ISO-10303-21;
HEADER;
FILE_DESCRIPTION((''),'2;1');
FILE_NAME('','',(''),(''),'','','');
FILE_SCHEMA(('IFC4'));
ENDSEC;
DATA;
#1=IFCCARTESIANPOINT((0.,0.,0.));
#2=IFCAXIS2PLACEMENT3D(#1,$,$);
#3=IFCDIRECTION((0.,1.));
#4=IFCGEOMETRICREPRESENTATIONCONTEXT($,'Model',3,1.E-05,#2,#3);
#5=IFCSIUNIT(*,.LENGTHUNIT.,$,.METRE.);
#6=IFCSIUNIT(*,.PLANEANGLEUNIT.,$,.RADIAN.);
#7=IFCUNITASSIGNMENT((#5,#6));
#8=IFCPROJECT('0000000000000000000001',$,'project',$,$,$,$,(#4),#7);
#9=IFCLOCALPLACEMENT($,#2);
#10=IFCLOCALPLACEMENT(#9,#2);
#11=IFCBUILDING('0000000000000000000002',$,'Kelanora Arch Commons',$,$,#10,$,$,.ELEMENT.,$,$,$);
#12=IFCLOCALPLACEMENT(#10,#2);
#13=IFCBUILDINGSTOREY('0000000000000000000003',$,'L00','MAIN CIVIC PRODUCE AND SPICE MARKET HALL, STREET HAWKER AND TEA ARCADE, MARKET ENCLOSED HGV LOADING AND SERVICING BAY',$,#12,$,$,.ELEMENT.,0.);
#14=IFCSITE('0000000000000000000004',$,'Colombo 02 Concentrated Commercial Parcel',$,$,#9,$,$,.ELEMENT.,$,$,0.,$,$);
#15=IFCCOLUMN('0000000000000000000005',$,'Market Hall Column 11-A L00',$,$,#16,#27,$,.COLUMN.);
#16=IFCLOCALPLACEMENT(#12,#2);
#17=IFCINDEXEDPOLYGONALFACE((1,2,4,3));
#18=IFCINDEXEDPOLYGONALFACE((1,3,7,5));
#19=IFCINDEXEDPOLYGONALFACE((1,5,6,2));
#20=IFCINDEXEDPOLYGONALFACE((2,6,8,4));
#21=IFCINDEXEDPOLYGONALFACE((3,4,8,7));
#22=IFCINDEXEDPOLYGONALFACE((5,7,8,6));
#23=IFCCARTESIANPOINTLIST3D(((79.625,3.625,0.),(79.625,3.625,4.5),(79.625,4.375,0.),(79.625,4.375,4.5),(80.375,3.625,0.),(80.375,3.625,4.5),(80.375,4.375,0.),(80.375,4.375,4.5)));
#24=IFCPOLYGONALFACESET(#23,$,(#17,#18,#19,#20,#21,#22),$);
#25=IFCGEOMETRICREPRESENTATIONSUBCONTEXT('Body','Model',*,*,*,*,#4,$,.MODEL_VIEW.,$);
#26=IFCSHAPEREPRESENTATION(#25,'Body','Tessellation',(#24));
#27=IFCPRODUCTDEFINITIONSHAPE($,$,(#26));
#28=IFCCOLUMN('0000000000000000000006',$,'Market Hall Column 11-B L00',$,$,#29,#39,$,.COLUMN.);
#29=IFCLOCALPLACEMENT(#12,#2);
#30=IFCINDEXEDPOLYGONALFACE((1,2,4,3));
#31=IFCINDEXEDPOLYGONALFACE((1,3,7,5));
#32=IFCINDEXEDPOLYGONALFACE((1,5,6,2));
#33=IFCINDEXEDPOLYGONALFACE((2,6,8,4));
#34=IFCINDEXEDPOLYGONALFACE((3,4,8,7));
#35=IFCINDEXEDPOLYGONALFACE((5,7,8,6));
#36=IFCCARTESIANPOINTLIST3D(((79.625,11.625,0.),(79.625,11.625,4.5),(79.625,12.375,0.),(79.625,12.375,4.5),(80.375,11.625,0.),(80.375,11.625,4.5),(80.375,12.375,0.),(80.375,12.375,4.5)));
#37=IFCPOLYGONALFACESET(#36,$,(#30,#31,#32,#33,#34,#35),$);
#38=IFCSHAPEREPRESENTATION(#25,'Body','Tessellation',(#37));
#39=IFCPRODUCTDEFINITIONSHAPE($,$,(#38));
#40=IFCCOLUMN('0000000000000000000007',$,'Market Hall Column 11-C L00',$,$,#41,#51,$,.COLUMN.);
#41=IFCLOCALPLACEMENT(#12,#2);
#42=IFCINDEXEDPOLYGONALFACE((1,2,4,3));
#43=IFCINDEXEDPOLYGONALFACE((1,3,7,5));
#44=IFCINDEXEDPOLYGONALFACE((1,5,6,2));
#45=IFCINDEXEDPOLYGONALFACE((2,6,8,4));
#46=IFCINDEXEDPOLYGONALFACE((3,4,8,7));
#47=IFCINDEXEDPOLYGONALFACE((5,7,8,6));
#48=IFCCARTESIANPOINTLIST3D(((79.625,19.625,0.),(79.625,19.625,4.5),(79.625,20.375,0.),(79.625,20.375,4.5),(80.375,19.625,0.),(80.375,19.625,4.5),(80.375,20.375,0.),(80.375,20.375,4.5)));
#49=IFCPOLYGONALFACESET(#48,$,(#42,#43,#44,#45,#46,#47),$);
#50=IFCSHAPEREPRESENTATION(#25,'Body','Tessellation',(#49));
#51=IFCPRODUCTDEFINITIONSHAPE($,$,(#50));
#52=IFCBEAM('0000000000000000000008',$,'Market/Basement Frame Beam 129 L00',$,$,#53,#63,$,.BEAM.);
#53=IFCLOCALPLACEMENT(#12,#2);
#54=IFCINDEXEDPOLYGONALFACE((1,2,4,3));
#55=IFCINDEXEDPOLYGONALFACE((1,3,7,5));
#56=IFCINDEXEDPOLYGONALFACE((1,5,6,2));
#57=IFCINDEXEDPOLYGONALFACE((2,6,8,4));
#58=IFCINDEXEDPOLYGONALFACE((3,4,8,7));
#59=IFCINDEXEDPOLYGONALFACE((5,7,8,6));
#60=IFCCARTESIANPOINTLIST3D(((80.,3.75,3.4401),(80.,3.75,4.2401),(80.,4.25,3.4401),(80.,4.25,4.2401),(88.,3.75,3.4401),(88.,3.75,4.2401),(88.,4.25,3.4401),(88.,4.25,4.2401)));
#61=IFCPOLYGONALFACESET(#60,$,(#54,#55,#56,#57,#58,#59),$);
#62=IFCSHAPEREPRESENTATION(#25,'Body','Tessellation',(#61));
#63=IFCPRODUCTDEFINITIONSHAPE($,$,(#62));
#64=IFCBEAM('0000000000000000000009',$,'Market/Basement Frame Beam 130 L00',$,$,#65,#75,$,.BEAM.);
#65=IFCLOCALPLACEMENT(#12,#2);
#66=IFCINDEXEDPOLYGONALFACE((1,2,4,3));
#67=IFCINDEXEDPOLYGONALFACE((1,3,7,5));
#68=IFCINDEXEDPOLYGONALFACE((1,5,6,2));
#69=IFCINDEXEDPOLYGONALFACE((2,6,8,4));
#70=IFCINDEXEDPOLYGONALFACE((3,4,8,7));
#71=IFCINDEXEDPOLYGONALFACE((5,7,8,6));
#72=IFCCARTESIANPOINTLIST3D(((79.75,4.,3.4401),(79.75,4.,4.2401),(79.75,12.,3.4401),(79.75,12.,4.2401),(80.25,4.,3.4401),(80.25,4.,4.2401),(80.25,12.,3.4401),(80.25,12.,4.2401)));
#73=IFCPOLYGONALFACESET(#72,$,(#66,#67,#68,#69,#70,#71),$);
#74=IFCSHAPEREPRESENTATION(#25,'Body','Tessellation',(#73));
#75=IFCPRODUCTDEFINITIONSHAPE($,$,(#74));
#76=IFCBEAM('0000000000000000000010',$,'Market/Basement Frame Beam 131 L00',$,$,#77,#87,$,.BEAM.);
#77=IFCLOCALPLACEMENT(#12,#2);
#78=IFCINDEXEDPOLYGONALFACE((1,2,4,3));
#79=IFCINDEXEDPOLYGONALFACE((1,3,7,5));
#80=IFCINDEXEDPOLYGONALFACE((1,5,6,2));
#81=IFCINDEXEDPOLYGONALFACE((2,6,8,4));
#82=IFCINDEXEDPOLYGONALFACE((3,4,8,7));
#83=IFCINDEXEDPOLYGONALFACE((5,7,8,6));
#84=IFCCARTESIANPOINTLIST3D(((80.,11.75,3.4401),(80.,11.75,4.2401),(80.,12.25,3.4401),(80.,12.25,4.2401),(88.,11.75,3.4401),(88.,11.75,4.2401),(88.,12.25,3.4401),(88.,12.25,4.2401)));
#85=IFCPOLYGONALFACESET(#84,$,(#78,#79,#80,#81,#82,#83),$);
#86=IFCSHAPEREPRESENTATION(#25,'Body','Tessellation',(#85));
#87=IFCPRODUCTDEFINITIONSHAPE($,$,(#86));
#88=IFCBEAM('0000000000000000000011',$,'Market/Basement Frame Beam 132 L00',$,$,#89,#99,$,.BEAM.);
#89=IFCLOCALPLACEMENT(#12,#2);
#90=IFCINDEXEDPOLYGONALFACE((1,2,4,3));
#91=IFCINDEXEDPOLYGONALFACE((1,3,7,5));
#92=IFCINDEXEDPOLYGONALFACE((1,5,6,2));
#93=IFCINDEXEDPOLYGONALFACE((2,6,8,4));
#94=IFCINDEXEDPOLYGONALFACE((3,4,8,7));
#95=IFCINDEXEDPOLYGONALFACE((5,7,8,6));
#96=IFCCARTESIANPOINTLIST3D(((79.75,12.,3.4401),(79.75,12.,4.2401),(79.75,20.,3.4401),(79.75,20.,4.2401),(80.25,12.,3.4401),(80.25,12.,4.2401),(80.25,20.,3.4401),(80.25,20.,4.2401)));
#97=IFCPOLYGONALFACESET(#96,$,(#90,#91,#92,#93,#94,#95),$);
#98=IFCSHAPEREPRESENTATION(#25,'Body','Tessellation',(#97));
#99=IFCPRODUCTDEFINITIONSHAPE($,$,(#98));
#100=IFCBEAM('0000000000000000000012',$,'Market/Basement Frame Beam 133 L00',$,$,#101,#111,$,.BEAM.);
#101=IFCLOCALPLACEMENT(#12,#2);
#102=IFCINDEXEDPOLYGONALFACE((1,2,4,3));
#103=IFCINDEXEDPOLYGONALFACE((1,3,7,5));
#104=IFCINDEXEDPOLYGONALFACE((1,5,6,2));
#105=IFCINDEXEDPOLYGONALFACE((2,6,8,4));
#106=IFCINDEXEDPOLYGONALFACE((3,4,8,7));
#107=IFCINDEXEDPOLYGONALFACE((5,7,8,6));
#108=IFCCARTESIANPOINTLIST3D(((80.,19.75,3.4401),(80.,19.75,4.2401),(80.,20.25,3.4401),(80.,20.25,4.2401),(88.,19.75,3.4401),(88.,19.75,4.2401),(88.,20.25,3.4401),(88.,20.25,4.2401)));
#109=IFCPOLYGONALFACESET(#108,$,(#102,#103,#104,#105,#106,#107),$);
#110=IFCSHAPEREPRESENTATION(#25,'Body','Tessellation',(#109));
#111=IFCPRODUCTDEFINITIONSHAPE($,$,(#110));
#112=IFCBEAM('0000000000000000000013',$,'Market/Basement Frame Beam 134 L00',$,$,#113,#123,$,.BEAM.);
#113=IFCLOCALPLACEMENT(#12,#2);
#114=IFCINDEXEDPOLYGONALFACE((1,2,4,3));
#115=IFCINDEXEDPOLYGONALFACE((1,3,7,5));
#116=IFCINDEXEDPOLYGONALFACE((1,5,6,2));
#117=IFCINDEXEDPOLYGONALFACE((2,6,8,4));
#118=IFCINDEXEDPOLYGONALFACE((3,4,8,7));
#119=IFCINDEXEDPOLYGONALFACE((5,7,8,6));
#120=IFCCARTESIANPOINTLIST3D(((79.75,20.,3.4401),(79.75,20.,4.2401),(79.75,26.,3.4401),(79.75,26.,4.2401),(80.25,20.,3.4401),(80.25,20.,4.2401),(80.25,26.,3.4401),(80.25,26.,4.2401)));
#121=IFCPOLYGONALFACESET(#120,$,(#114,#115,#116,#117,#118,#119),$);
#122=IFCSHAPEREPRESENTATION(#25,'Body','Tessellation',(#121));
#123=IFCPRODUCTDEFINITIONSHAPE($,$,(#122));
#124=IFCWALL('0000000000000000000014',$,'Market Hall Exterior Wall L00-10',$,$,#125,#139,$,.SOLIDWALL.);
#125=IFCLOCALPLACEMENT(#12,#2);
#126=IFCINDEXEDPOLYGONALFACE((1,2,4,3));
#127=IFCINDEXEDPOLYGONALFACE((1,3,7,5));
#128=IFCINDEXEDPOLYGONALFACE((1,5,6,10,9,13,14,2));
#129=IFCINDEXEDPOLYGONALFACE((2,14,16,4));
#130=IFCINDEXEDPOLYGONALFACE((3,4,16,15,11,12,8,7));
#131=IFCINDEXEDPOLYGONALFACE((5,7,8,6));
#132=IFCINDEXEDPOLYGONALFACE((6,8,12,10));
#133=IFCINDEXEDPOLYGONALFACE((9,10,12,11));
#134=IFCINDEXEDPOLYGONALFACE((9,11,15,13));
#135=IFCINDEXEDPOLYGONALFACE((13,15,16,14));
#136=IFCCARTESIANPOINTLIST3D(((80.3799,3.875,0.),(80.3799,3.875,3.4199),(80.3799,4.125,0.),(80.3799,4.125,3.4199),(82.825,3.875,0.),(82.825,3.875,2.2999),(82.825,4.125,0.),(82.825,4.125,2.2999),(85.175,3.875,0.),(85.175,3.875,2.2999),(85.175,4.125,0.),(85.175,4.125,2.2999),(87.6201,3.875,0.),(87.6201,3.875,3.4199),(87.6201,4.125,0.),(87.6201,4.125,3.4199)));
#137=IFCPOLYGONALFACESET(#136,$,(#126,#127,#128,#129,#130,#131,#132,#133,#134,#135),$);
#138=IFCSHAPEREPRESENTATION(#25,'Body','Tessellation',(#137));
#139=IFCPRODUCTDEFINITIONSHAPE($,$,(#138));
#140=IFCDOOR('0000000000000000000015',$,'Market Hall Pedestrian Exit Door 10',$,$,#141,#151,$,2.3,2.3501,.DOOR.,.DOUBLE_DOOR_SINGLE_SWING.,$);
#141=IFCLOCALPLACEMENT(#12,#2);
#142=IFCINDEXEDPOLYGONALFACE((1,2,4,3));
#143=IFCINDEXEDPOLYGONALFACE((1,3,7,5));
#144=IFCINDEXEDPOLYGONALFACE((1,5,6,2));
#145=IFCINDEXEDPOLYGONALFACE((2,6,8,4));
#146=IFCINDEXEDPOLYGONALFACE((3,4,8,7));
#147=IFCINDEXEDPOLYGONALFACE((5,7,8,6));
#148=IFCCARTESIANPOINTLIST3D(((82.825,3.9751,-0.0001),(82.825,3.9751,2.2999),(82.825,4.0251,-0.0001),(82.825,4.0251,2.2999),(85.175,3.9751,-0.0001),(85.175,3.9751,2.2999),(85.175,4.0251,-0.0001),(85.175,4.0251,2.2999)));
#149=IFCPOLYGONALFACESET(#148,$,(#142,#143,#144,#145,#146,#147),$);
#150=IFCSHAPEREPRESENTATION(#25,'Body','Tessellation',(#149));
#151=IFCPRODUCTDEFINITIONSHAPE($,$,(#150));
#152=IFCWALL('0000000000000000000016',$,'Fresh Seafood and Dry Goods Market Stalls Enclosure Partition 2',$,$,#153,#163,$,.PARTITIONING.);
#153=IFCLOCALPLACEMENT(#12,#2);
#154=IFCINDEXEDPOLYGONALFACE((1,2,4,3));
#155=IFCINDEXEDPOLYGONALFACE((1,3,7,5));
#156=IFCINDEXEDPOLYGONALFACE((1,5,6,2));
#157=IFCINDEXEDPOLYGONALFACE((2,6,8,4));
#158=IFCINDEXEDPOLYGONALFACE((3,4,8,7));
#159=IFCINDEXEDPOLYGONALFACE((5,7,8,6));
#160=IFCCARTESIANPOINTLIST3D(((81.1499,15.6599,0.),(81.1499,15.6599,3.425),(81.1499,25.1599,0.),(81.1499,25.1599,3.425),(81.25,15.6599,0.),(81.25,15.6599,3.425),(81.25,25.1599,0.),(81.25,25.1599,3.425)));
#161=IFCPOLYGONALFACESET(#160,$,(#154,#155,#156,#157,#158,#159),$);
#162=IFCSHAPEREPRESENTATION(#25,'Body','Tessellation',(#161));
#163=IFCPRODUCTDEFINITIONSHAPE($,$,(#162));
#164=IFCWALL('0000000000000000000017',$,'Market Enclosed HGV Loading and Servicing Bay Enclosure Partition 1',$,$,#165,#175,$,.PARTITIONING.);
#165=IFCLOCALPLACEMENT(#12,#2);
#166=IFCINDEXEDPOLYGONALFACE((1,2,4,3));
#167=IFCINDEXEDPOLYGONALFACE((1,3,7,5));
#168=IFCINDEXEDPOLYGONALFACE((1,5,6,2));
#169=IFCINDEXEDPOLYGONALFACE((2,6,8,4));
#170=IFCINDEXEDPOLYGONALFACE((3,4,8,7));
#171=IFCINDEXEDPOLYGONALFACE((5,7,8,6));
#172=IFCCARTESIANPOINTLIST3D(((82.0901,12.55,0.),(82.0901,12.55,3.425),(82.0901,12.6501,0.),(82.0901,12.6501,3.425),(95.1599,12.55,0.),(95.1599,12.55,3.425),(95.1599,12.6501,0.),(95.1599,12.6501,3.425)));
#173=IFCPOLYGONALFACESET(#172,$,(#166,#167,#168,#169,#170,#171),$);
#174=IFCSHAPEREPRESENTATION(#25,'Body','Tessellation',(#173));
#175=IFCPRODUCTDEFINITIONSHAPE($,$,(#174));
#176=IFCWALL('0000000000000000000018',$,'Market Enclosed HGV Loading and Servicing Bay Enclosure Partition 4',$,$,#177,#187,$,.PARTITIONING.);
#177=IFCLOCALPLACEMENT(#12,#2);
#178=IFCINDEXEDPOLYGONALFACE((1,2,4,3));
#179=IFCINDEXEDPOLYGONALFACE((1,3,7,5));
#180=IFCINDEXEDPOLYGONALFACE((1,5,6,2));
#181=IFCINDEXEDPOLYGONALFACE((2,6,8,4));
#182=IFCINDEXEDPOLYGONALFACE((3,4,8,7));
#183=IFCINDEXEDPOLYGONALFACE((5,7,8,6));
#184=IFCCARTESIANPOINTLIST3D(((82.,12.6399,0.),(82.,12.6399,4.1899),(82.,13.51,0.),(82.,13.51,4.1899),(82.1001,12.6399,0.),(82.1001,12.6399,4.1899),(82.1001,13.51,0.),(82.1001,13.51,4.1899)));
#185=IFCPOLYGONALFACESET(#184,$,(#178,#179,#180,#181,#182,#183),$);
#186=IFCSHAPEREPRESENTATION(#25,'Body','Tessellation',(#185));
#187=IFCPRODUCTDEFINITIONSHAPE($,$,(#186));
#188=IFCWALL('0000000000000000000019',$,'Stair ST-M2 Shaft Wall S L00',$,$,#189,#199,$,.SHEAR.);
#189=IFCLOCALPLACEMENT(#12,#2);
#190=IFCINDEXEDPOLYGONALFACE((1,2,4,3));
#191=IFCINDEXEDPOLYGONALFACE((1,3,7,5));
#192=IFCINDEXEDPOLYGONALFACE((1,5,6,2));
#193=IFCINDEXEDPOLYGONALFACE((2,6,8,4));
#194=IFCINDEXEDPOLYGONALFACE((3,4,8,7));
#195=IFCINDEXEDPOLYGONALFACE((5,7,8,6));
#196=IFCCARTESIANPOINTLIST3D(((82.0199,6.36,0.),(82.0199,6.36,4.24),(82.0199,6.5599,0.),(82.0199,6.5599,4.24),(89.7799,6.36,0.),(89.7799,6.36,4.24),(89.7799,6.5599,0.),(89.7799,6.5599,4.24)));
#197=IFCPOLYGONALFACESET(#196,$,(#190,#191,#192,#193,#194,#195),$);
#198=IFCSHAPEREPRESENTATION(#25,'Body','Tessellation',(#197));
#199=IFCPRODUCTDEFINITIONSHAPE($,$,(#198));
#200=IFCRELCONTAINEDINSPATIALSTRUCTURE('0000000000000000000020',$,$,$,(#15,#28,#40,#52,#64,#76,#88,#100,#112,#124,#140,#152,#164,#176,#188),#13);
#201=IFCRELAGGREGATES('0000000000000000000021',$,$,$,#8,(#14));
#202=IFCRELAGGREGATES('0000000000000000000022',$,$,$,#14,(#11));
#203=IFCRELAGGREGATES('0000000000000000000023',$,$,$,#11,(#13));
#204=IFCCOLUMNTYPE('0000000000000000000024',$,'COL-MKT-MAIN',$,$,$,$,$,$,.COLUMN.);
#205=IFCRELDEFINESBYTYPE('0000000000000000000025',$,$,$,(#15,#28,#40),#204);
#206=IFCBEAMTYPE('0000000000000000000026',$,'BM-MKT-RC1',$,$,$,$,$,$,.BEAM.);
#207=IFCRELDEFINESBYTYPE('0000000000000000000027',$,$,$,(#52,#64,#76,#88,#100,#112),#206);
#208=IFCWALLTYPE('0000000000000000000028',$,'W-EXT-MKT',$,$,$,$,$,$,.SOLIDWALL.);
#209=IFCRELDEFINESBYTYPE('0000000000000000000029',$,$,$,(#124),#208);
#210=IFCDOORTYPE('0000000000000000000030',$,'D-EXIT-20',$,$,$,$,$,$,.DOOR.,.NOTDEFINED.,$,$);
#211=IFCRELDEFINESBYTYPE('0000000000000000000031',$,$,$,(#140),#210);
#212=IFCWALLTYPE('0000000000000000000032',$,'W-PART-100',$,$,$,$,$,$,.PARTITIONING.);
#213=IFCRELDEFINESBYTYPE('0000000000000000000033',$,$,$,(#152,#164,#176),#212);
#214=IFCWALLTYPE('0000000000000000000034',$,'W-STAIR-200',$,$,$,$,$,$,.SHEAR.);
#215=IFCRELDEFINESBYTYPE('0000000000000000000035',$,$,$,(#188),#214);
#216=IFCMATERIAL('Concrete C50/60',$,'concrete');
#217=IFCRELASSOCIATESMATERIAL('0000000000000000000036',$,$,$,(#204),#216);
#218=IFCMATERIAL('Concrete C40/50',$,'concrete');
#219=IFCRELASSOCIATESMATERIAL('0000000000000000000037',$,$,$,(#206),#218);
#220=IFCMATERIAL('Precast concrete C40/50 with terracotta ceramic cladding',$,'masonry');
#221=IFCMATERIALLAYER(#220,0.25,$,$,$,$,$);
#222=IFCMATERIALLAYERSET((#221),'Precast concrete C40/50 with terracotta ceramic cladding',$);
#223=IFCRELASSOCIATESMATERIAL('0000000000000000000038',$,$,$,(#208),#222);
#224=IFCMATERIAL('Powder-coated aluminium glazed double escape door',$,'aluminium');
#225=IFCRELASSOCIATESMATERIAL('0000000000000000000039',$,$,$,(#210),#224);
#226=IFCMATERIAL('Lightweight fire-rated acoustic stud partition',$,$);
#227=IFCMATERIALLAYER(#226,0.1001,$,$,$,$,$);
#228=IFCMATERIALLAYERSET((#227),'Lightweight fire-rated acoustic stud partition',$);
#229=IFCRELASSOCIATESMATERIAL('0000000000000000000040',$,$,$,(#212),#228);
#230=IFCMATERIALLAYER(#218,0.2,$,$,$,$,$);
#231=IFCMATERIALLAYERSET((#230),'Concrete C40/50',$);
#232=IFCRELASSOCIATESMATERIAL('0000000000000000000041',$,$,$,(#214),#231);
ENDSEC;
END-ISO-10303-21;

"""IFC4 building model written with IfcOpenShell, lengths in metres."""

from ifc_helpers import new_model, si_unit, direction, frame, frame_2d, origin, origin_2d, place, context, subcontext, project, spatial, rectangle, extrude, material, layer, layer_set, material_profile, profile_set, type_object, element, fill, save


model = new_model("IFC4")

# Units and contexts
model_context = context("Model", 3, precision=1e-05, world=origin(), true_north=direction((0.0, 1.0)))
body_context = subcontext(model_context, "Body", "Model", "MODEL_VIEW")
ifc_project = project(units=[si_unit("LENGTHUNIT", "METRE"), si_unit("PLANEANGLEUNIT", "RADIAN")], contexts=[model_context])

# Site, building, storey
site_placement = place(None, origin())
site = spatial("IfcSite", under=ifc_project, at=site_placement, Name="Colombo 02 Concentrated Commercial Parcel", CompositionType="ELEMENT", RefElevation=0.0)
building_placement = place(site_placement, origin())
building = spatial("IfcBuilding", under=site, at=building_placement, Name="Kelanora Arch Commons", CompositionType="ELEMENT")
storey_placement = place(building_placement, origin())
storey = spatial("IfcBuildingStorey", under=building, at=storey_placement, Name="L00", Description="MAIN CIVIC PRODUCE AND SPICE MARKET HALL, STREET HAWKER AND TEA ARCADE, MARKET ENCLOSED HGV LOADING AND SERVICING BAY", CompositionType="ELEMENT", Elevation=0.0)

# Columns
ifc_material_1 = material(Name="Concrete C50/60", Category="concrete")
ifc_material_profile_1 = material_profile(ifc_material_1, rectangle(XDim=0.75, YDim=0.75, at=origin_2d()), Name="RC750x750")
ifc_profile_set_1 = profile_set([ifc_material_profile_1], Name="Concrete C50/60")
column_type = type_object("IfcColumnType", Name="COL-MKT-MAIN", PredefinedType="COLUMN", material=ifc_profile_set_1)
for number, where, z_axis, x_axis, name in (
    (1, (80.0, 4.0, 0.0), (0.0, 0.0, 1.0), (1.0, 0.0, 0.0), "Market Hall Column 11-A L00"),
    (2, (80.0, 12.0, 0.0), (0.0, 0.0, 1.0), (1.0, 0.0, 0.0), "Market Hall Column 11-B L00"),
    (3, (80.0, 20.0, 0.0), (0.0, 0.0, 1.0), (1.0, 0.0, 0.0), "Market Hall Column 11-C L00"),
):
    element("IfcColumn", number, at=place(storey_placement, frame(where, z_axis=z_axis, x_axis=x_axis)), inside=storey, type_object=column_type, Name=name, PredefinedType="COLUMN", context=body_context, shape_type="SweptSolid", body=[
        extrude(rectangle(XDim=0.75, YDim=0.75, at=origin_2d()), origin(), (0.0, 0.0, 1.0), 4.5),
    ])

# Beams
ifc_material_2 = material(Name="Concrete C40/50", Category="concrete")
ifc_material_profile_2 = material_profile(ifc_material_2, rectangle(XDim=0.5, YDim=0.8, at=origin_2d()), Name="RCB500x800")
ifc_profile_set_2 = profile_set([ifc_material_profile_2], Name="Concrete C40/50")
beam_type = type_object("IfcBeamType", Name="BM-MKT-RC1", PredefinedType="BEAM", material=ifc_profile_set_2)
for number, where, z_axis, x_axis, name in (
    (4, (80.0, 4.0, 3.8401), (1.0, 0.0, 0.0), (0.0, 1.0, 0.0), "Market/Basement Frame Beam 129 L00"),
    (5, (80.0, 4.0, 3.8401), (0.0, 1.0, 0.0), (-1.0, 0.0, 0.0), "Market/Basement Frame Beam 130 L00"),
    (6, (80.0, 12.0, 3.8401), (1.0, 0.0, 0.0), (0.0, 1.0, 0.0), "Market/Basement Frame Beam 131 L00"),
    (7, (80.0, 12.0, 3.8401), (0.0, 1.0, 0.0), (-1.0, 0.0, 0.0), "Market/Basement Frame Beam 132 L00"),
    (8, (80.0, 20.0, 3.8401), (1.0, 0.0, 0.0), (0.0, 1.0, 0.0), "Market/Basement Frame Beam 133 L00"),
):
    element("IfcBeam", number, at=place(storey_placement, frame(where, z_axis=z_axis, x_axis=x_axis)), inside=storey, type_object=beam_type, Name=name, PredefinedType="BEAM", context=body_context, shape_type="SweptSolid", body=[
        extrude(rectangle(XDim=0.5, YDim=0.8, at=origin_2d()), origin(), (0.0, 0.0, 1.0), 8.0),
    ])
beam_placement = place(storey_placement, frame((80.0, 20.0, 3.8401), z_axis=(0.0, 1.0, 0.0), x_axis=(-1.0, 0.0, 0.0)))
element("IfcBeam", 9, at=beam_placement, inside=storey, type_object=beam_type, Name="Market/Basement Frame Beam 134 L00", PredefinedType="BEAM", context=body_context, shape_type="SweptSolid", body=[
    extrude(rectangle(XDim=0.5, YDim=0.8, at=origin_2d()), origin(), (0.0, 0.0, 1.0), 6.0),
])

# Wall, opening, door
ifc_material_3 = material(Name="Precast concrete C40/50 with terracotta ceramic cladding", Category="masonry")
ifc_layer_1 = layer(ifc_material_3, 0.25)
ifc_layer_set_1 = layer_set([ifc_layer_1], Name="Precast concrete C40/50 with terracotta ceramic cladding")
wall_type_1 = type_object("IfcWallType", Name="W-EXT-MKT", PredefinedType="SOLIDWALL", material=ifc_layer_set_1)
wall_1_placement = place(storey_placement, frame((80.3799, 4.0, 0.0), z_axis=(0.0, 0.0, 1.0), x_axis=(1.0, 0.0, 0.0)))
wall_1 = element("IfcWall", 10, at=wall_1_placement, inside=storey, type_object=wall_type_1, Name="Market Hall Exterior Wall L00-10", PredefinedType="SOLIDWALL", context=body_context, shape_type="SweptSolid", body=[
    extrude(rectangle(XDim=7.2402, YDim=0.25, at=frame_2d((3.6201, 0.0))), origin(), (0.0, 0.0, 1.0), 3.4199),
])
opening_1_placement = place(wall_1_placement, frame((2.4451, 0.0, 0.0)))
opening_1 = element("IfcOpeningElement", 11, at=opening_1_placement, cuts=wall_1, PredefinedType="OPENING", context=body_context, shape_type="SweptSolid", body=[
    extrude(rectangle(XDim=2.3501, YDim=2.3, at=frame_2d((1.175, 1.1499))), frame((0.0, 0.135, 0.0), z_axis=(0.0, -1.0, 0.0), x_axis=(1.0, 0.0, 0.0)), (0.0, 0.0, 1.0), 0.27),
])
ifc_material_4 = material(Name="Powder-coated aluminium glazed double escape door", Category="aluminium")
door_type_1 = type_object("IfcDoorType", Name="D-EXIT-20", OperationType="NOTDEFINED", PredefinedType="DOOR", material=ifc_material_4)
door_1_placement = place(opening_1_placement, frame((2.3501, 0.0, 0.0), z_axis=(0.0, 0.0, 1.0), x_axis=(-1.0, 0.0, 0.0)))
door_1 = element("IfcDoor", 12, at=door_1_placement, inside=storey, type_object=door_type_1, Name="Market Hall Pedestrian Exit Door 10", OperationType="DOUBLE_DOOR_SINGLE_SWING", OverallHeight=2.3, OverallWidth=2.3501, PredefinedType="DOOR", context=body_context, shape_type="SweptSolid", body=[
    extrude(rectangle(XDim=2.3501, YDim=2.3, at=frame_2d((1.175, 1.1499))), frame((0.0, 0.0249, 0.0), z_axis=(0.0, -1.0, 0.0), x_axis=(1.0, 0.0, 0.0)), (0.0, 0.0, 1.0), 0.05),
])
fill(opening_1, door_1)

# Walls
ifc_material_5 = material(Name="Lightweight fire-rated acoustic stud partition")
ifc_layer_2 = layer(ifc_material_5, 0.1001)
ifc_layer_set_2 = layer_set([ifc_layer_2], Name="Lightweight fire-rated acoustic stud partition")
wall_type_2 = type_object("IfcWallType", Name="W-PART-100", PredefinedType="PARTITIONING", material=ifc_layer_set_2)
wall_2_placement = place(storey_placement, frame((81.2, 15.6599, 0.0), z_axis=(0.0, 0.0, 1.0), x_axis=(0.0, 1.0, 0.0)))
element("IfcWall", 13, at=wall_2_placement, inside=storey, type_object=wall_type_2, Name="Fresh Seafood and Dry Goods Market Stalls Enclosure Partition 2", PredefinedType="PARTITIONING", context=body_context, shape_type="SweptSolid", body=[
    extrude(rectangle(XDim=9.5, YDim=0.1001, at=frame_2d((4.75, 0.0))), origin(), (0.0, 0.0, 1.0), 3.425),
])
wall_3_placement = place(storey_placement, frame((82.0901, 12.6001, 0.0), z_axis=(0.0, 0.0, 1.0), x_axis=(1.0, 0.0, 0.0)))
element("IfcWall", 14, at=wall_3_placement, inside=storey, type_object=wall_type_2, Name="Market Enclosed HGV Loading and Servicing Bay Enclosure Partition 1", PredefinedType="PARTITIONING", context=body_context, shape_type="SweptSolid", body=[
    extrude(rectangle(XDim=13.0698, YDim=0.1001, at=frame_2d((6.5349, 0.0))), origin(), (0.0, 0.0, 1.0), 3.425),
])
wall_4_placement = place(storey_placement, frame((82.05, 13.51, 0.0), z_axis=(0.0, 0.0, 1.0), x_axis=(0.0, -1.0, 0.0)))
element("IfcWall", 15, at=wall_4_placement, inside=storey, type_object=wall_type_2, Name="Market Enclosed HGV Loading and Servicing Bay Enclosure Partition 4", PredefinedType="PARTITIONING", context=body_context, shape_type="SweptSolid", body=[
    extrude(rectangle(XDim=0.8701, YDim=0.1001, at=frame_2d((0.4351, 0.0))), origin(), (0.0, 0.0, 1.0), 4.1899),
])
ifc_layer_3 = layer(ifc_material_2, 0.2)
ifc_layer_set_3 = layer_set([ifc_layer_3], Name="Concrete C40/50")
wall_type_3 = type_object("IfcWallType", Name="W-STAIR-200", PredefinedType="SHEAR", material=ifc_layer_set_3)
wall_5_placement = place(storey_placement, frame((82.02, 6.46, 0.0), z_axis=(0.0, 0.0, 1.0), x_axis=(1.0, 0.0, 0.0)))
element("IfcWall", 16, at=wall_5_placement, inside=storey, type_object=wall_type_3, Name="Stair ST-M2 Shaft Wall S L00", PredefinedType="SHEAR", context=body_context, shape_type="SweptSolid", body=[
    extrude(rectangle(XDim=7.76, YDim=0.2, at=frame_2d((3.8799, 0.0))), origin(), (0.0, 0.0, 1.0), 4.24),
])

save(model, "model.ifc")
